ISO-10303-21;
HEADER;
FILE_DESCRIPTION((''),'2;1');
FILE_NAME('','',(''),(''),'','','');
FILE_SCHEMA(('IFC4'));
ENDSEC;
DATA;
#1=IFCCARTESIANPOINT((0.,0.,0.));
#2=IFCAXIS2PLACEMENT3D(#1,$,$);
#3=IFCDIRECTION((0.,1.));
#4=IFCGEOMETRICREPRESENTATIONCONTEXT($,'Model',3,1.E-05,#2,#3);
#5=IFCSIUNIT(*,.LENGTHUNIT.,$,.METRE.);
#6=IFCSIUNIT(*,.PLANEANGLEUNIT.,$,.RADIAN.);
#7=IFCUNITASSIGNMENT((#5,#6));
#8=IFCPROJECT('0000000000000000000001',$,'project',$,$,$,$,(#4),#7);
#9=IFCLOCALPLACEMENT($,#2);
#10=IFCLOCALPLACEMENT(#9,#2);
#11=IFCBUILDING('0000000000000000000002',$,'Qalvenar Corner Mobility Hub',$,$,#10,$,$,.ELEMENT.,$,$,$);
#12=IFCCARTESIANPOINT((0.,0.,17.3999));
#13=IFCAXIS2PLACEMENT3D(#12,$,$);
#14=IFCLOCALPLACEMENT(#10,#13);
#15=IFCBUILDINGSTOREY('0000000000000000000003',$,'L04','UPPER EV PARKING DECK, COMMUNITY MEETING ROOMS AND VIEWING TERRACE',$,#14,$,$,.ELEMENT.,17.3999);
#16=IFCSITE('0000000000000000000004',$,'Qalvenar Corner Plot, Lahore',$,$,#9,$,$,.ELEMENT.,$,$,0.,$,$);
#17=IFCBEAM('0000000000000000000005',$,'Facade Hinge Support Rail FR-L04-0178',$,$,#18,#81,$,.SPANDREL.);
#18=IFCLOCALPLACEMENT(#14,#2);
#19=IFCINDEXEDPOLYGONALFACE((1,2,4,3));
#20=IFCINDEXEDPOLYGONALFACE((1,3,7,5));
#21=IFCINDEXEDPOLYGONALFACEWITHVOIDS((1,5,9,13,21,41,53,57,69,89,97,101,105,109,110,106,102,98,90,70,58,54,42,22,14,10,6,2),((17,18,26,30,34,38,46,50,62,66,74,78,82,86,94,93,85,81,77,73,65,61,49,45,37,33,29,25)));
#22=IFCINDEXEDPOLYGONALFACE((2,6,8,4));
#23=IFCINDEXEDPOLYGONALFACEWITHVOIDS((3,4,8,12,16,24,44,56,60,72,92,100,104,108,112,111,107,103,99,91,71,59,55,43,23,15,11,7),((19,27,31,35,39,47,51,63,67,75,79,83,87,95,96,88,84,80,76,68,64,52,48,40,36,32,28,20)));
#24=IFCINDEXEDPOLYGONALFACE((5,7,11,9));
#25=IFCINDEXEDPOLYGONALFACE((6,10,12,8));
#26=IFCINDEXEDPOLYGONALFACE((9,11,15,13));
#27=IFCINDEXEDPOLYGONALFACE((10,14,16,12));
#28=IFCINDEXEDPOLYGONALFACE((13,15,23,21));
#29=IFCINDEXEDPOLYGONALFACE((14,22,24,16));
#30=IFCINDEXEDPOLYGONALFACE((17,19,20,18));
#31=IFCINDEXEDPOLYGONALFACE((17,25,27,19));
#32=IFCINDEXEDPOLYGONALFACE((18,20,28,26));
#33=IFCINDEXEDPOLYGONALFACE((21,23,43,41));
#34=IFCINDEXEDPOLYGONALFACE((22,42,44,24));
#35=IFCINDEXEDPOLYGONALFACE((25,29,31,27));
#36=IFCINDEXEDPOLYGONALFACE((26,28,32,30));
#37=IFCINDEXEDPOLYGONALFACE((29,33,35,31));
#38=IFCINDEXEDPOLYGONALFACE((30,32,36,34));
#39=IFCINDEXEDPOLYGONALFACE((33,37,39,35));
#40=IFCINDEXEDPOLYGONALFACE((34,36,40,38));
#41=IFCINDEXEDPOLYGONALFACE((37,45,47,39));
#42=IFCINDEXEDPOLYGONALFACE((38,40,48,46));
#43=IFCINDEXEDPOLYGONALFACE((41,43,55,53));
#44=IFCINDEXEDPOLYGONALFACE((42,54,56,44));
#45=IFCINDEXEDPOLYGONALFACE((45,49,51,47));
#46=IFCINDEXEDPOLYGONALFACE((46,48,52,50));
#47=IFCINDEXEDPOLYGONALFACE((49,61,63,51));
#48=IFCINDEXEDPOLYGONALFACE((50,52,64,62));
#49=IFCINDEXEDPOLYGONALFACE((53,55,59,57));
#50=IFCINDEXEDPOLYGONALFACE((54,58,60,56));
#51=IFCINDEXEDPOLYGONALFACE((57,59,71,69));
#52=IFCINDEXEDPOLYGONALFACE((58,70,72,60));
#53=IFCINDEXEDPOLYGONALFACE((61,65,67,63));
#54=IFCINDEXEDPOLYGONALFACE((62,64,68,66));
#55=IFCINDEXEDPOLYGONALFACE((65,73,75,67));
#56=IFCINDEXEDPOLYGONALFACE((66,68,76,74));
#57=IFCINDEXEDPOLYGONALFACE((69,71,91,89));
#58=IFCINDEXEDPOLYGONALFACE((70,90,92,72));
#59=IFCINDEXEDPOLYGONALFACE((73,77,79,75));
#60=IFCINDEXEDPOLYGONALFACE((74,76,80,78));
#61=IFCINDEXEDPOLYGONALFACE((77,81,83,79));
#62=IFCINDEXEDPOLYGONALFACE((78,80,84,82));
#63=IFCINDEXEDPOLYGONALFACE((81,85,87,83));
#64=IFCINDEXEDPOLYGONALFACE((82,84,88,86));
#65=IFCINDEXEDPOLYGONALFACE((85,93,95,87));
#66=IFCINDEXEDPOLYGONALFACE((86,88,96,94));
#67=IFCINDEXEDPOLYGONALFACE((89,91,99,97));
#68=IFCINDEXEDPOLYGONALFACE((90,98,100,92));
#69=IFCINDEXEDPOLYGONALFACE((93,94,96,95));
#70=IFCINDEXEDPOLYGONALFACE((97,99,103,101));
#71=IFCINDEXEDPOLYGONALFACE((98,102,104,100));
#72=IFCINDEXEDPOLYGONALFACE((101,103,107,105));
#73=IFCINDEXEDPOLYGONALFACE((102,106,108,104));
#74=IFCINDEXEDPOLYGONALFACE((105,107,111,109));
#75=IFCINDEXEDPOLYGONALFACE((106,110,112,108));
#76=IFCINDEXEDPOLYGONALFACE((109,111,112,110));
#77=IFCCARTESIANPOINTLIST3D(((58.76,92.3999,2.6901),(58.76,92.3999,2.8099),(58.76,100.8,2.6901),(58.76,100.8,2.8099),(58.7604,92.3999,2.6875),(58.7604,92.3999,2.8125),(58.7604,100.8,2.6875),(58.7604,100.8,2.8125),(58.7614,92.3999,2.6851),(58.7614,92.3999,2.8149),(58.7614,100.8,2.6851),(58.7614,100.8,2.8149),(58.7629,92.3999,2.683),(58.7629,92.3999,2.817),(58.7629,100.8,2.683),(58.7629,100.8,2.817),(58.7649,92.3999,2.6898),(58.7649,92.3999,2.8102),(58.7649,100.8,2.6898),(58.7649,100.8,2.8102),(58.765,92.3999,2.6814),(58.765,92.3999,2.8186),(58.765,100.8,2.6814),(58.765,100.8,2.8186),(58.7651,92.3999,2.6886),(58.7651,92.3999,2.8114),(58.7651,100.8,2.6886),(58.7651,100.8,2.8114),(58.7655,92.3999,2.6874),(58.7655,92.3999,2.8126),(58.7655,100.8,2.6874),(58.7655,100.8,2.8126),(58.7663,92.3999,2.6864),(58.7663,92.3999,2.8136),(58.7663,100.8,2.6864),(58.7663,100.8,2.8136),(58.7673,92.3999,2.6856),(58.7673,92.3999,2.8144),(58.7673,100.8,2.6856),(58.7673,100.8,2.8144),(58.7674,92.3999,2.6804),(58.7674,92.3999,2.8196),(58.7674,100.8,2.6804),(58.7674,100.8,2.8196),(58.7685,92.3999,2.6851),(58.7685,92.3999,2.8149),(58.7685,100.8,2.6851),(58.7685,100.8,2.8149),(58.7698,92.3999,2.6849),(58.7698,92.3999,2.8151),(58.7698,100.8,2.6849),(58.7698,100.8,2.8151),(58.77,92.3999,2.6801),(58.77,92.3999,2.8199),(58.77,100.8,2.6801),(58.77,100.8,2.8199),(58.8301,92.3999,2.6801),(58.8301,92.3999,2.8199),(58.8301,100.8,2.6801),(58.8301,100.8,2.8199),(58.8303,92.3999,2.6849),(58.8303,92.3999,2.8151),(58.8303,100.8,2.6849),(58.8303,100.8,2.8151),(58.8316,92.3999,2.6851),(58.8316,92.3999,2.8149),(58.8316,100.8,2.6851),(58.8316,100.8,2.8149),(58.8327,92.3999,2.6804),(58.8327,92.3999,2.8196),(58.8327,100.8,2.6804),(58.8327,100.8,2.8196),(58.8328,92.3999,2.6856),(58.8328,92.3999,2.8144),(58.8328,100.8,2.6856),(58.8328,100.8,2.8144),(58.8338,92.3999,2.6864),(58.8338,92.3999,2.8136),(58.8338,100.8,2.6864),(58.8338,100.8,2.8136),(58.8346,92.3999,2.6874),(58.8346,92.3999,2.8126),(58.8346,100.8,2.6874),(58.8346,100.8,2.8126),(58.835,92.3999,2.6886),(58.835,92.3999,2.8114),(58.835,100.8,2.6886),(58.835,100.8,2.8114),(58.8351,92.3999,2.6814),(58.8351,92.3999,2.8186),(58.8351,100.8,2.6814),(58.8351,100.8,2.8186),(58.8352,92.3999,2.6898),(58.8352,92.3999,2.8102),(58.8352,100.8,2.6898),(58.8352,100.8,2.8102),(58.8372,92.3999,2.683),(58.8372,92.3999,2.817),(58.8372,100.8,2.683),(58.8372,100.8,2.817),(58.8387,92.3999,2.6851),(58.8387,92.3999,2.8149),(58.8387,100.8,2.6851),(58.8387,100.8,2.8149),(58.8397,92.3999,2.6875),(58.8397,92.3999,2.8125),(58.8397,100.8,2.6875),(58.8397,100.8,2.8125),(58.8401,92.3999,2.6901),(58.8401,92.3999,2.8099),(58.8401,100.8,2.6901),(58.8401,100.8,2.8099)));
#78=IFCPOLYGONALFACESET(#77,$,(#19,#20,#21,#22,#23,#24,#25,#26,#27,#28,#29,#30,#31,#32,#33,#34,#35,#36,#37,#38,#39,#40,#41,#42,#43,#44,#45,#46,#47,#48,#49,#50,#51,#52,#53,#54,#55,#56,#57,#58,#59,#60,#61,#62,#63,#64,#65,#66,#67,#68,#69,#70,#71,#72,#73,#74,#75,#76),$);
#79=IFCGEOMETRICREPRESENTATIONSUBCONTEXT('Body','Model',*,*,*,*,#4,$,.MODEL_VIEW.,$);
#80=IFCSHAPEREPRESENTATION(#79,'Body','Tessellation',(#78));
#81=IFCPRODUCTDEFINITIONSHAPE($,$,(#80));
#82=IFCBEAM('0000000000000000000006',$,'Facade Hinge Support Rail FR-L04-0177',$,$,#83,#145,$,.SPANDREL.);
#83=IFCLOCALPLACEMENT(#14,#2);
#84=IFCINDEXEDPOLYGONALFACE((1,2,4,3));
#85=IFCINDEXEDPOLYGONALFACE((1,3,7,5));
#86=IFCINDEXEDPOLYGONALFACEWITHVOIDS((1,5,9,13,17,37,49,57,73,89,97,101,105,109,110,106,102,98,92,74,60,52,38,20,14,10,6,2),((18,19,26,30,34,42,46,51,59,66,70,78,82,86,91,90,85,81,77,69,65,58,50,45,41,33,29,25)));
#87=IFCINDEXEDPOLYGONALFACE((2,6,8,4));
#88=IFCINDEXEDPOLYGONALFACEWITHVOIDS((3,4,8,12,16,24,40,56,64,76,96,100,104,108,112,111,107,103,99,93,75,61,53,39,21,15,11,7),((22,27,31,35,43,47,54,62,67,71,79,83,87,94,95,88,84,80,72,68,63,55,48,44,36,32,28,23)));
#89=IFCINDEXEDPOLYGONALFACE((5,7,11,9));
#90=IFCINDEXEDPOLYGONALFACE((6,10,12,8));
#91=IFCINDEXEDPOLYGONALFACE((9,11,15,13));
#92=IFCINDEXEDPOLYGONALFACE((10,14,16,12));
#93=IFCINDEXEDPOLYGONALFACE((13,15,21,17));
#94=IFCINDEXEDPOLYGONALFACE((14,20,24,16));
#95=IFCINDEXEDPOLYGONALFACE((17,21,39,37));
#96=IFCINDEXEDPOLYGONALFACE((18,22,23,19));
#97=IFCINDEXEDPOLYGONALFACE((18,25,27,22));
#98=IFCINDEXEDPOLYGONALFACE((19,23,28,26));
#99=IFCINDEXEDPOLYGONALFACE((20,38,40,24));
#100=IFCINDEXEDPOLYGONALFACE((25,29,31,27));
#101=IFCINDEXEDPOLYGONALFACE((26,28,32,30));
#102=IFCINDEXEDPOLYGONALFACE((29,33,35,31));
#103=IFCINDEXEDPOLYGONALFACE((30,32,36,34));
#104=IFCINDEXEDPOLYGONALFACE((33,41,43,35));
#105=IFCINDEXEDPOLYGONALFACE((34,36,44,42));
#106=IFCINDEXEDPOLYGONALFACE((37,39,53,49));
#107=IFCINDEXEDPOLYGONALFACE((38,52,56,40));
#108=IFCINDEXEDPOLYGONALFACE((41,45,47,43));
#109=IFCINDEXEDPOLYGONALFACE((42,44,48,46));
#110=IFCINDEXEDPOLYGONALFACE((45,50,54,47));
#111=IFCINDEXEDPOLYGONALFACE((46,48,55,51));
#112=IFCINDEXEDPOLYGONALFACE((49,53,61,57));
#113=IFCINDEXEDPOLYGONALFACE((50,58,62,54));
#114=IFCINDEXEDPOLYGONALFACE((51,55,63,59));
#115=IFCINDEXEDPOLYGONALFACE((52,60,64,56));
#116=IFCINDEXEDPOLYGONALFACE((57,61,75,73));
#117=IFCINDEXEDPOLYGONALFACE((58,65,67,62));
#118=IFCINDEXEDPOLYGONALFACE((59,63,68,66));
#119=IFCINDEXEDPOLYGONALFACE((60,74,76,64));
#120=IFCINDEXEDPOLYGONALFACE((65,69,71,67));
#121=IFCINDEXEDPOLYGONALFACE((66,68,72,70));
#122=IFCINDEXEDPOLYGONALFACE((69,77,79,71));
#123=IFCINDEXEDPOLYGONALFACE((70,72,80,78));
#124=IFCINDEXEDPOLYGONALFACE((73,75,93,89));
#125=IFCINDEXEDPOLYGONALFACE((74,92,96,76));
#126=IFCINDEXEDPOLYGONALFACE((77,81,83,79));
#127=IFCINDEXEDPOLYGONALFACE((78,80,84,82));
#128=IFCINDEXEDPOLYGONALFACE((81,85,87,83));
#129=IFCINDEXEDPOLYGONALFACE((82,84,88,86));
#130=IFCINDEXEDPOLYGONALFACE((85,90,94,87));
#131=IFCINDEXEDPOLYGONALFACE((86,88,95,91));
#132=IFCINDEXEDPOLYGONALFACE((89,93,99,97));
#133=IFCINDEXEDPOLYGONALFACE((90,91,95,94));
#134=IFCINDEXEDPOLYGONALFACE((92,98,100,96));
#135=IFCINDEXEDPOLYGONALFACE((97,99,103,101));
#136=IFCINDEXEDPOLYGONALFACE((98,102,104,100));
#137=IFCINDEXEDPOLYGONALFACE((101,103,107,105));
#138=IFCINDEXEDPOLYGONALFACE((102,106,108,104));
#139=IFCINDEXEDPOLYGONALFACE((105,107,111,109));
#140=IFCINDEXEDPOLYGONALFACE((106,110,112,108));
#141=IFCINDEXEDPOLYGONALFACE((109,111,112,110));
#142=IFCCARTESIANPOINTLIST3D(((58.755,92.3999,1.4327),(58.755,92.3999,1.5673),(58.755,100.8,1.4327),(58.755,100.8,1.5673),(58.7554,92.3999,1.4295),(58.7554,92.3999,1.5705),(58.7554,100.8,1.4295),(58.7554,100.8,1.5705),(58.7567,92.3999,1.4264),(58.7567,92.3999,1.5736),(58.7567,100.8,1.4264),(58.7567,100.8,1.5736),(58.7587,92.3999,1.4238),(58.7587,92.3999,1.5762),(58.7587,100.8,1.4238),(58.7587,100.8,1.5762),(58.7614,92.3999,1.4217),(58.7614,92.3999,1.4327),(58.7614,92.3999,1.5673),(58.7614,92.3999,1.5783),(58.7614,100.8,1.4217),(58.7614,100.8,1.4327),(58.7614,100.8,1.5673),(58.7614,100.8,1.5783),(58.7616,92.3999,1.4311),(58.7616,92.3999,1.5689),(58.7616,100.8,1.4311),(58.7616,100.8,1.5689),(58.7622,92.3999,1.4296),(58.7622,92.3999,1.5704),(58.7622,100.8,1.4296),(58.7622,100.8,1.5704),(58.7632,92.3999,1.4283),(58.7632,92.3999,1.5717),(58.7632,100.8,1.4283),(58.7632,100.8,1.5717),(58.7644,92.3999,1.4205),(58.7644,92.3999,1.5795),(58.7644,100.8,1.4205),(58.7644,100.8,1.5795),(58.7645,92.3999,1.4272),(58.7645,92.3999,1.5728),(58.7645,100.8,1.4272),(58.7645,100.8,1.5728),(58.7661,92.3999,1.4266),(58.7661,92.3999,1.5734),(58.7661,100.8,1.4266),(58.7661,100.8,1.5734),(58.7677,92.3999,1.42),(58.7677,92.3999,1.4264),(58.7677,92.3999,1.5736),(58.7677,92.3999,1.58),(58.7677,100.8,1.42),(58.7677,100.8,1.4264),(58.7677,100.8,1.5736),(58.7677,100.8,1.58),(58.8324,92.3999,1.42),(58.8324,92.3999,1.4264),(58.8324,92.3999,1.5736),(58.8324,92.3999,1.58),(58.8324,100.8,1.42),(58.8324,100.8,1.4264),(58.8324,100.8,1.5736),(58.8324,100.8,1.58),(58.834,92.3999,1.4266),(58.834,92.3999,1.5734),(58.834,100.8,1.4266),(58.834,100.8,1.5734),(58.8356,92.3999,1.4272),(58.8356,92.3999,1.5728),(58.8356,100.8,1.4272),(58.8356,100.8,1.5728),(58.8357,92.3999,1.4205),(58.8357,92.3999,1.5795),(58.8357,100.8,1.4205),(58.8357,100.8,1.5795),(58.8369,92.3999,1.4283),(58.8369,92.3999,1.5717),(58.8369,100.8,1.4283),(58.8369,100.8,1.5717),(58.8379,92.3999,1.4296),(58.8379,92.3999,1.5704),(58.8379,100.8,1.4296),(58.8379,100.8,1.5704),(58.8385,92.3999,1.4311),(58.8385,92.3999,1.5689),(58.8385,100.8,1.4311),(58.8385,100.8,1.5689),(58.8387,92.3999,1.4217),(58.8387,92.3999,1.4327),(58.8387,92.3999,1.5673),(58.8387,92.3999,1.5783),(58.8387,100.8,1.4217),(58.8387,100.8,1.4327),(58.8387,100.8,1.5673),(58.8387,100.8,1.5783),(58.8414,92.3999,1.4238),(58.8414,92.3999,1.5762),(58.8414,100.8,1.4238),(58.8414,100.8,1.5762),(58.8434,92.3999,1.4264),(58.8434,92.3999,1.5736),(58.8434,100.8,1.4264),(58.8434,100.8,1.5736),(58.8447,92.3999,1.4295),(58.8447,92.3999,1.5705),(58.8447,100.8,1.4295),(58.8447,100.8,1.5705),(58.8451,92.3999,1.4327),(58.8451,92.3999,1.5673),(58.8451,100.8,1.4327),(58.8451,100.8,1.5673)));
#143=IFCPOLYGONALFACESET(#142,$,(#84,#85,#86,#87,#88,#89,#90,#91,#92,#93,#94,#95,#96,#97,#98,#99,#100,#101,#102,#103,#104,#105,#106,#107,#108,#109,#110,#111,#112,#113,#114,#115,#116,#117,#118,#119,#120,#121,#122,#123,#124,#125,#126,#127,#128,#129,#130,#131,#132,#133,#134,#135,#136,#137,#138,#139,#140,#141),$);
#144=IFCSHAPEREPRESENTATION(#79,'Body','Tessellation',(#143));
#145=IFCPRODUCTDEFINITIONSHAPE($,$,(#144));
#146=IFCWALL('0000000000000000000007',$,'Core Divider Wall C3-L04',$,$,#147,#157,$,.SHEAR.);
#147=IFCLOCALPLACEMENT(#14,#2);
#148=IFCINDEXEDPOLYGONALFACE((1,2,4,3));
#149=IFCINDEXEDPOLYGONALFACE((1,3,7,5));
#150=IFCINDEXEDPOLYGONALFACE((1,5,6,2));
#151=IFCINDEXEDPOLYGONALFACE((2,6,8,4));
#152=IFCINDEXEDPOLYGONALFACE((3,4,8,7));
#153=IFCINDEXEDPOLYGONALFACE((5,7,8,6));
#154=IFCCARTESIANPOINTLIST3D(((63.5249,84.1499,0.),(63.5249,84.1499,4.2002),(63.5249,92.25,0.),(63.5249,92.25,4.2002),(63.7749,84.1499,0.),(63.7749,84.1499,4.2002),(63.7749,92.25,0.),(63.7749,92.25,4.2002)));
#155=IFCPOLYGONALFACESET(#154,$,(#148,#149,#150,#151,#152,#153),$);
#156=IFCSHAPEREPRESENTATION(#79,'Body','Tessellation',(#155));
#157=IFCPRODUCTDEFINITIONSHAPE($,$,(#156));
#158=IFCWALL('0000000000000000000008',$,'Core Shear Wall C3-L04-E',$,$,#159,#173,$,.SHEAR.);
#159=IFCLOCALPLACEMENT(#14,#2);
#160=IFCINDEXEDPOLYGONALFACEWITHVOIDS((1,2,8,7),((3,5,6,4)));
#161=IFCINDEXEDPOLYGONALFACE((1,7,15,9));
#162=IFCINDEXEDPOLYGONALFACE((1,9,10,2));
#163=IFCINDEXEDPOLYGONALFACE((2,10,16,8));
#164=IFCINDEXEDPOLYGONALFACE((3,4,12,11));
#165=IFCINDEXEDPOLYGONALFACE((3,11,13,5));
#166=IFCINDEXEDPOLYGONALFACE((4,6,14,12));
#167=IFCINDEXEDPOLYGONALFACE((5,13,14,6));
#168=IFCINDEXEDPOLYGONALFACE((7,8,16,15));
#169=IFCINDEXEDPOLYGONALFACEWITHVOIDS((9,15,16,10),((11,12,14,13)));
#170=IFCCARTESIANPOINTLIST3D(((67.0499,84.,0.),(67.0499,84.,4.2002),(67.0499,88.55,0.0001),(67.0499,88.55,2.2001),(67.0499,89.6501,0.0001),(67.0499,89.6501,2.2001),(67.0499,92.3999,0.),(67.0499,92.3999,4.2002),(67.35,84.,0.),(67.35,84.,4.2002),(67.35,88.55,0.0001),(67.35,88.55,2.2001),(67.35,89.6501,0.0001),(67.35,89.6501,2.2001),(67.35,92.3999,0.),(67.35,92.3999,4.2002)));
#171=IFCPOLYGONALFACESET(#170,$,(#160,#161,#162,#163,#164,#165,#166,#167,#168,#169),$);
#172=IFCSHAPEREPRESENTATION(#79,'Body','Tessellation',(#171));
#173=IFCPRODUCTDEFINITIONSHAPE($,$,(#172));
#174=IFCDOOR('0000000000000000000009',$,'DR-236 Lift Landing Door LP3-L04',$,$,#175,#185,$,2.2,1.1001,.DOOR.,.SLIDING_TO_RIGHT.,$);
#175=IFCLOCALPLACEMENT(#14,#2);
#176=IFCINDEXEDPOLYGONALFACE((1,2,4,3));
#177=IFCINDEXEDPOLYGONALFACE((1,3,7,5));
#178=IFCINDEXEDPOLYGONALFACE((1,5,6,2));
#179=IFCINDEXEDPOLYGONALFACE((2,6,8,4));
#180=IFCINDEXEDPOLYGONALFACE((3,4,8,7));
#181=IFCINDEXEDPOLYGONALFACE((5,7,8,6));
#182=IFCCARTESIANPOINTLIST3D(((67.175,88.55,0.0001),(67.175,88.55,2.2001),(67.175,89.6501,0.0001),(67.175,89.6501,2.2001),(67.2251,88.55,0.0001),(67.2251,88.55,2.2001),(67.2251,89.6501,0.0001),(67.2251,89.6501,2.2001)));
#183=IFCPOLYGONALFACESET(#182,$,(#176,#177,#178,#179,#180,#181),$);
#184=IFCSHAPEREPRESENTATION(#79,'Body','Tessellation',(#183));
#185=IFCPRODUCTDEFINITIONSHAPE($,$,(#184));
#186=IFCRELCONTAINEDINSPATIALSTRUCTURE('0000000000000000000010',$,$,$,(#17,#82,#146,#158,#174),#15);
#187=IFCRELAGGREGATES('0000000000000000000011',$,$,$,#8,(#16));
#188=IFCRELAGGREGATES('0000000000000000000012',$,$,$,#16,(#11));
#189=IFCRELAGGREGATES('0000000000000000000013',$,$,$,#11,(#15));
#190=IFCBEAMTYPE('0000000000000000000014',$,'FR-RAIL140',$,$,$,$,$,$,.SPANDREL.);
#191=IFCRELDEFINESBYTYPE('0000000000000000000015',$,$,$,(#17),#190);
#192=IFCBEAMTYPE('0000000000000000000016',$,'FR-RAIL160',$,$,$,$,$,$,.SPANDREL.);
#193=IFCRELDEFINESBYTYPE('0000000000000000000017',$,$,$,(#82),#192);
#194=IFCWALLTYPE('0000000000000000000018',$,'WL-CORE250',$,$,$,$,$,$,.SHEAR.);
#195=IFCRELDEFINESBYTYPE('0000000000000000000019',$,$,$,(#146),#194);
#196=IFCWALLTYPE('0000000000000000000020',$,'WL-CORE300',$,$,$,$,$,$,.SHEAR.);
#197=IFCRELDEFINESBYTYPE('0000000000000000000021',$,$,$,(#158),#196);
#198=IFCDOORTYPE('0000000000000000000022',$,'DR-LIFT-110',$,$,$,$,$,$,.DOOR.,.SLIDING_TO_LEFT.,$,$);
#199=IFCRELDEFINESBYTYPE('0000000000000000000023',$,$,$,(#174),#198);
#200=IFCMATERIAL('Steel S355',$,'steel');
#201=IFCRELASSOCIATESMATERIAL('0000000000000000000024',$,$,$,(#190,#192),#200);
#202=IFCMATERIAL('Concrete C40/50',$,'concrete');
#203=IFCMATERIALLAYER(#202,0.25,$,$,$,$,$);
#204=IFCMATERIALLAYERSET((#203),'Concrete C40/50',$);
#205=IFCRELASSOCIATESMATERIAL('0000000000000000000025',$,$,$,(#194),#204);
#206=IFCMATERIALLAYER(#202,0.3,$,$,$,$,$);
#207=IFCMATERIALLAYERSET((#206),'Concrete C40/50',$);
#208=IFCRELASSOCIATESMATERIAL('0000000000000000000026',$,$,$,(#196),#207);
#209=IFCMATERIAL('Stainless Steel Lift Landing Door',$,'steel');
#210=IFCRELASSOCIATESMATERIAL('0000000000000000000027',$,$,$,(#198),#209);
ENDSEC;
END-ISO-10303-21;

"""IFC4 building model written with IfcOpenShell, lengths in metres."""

from ifc_helpers import new_model, si_unit, direction, frame, frame_2d, origin, origin_2d, place, context, subcontext, project, spatial, rectangle, hollow_rectangle, extrude, material, layer, layer_set, material_profile, profile_set, type_object, element, fill, save


model = new_model("IFC4")

# Units and contexts
model_context = context("Model", 3, precision=1e-05, world=origin(), true_north=direction((0.0, 1.0)))
body_context = subcontext(model_context, "Body", "Model", "MODEL_VIEW")
ifc_project = project(units=[si_unit("LENGTHUNIT", "METRE"), si_unit("PLANEANGLEUNIT", "RADIAN")], contexts=[model_context])

# Site, building, storey
site_placement = place(None, origin())
site = spatial("IfcSite", under=ifc_project, at=site_placement, Name="Qalvenar Corner Plot, Lahore", CompositionType="ELEMENT", RefElevation=0.0)
building_placement = place(site_placement, origin())
building = spatial("IfcBuilding", under=site, at=building_placement, Name="Qalvenar Corner Mobility Hub", CompositionType="ELEMENT")
storey_placement = place(building_placement, frame((0.0, 0.0, 17.3999)))
storey = spatial("IfcBuildingStorey", under=building, at=storey_placement, Name="L04", Description="UPPER EV PARKING DECK, COMMUNITY MEETING ROOMS AND VIEWING TERRACE", CompositionType="ELEMENT", Elevation=17.3999)

# Shared definitions
ifc_material_1 = material(Name="Steel S355", Category="steel")

# Beams
ifc_material_profile_1 = material_profile(ifc_material_1, hollow_rectangle(XDim=0.0801, YDim=0.1399, WallThickness=0.0049, InnerFilletRadius=0.0049, OuterFilletRadius=0.01, at=origin_2d()), Name="RHS140x80x5")
ifc_profile_set_1 = profile_set([ifc_material_profile_1], Name="Steel S355")
beam_type_1 = type_object("IfcBeamType", Name="FR-RAIL140", PredefinedType="SPANDREL", material=ifc_profile_set_1)
beam_1_placement = place(storey_placement, frame((58.8, 100.8, 2.75), z_axis=(0.0, -1.0, 0.0), x_axis=(1.0, 0.0, 0.0)))
element("IfcBeam", 1, at=beam_1_placement, inside=storey, type_object=beam_type_1, Name="Facade Hinge Support Rail FR-L04-0178", PredefinedType="SPANDREL", context=body_context, shape_type="SweptSolid", body=[
    extrude(hollow_rectangle(XDim=0.0801, YDim=0.1399, WallThickness=0.0049, InnerFilletRadius=0.0049, OuterFilletRadius=0.01, at=origin_2d()), origin(), (0.0, 0.0, 1.0), 8.4001),
])
ifc_material_profile_2 = material_profile(ifc_material_1, hollow_rectangle(XDim=0.0901, YDim=0.1599, WallThickness=0.0063, InnerFilletRadius=0.0063, OuterFilletRadius=0.0127, at=origin_2d()), Name="RHS160x90x6.3")
ifc_profile_set_2 = profile_set([ifc_material_profile_2], Name="Steel S355")
beam_type_2 = type_object("IfcBeamType", Name="FR-RAIL160", PredefinedType="SPANDREL", material=ifc_profile_set_2)
beam_2_placement = place(storey_placement, frame((58.8, 100.8, 1.5), z_axis=(0.0, -1.0, 0.0), x_axis=(1.0, 0.0, 0.0)))
element("IfcBeam", 2, at=beam_2_placement, inside=storey, type_object=beam_type_2, Name="Facade Hinge Support Rail FR-L04-0177", PredefinedType="SPANDREL", context=body_context, shape_type="SweptSolid", body=[
    extrude(hollow_rectangle(XDim=0.0901, YDim=0.1599, WallThickness=0.0063, InnerFilletRadius=0.0063, OuterFilletRadius=0.0127, at=origin_2d()), origin(), (0.0, 0.0, 1.0), 8.4001),
])

# Wall
ifc_material_2 = material(Name="Concrete C40/50", Category="concrete")
ifc_layer_1 = layer(ifc_material_2, 0.25)
ifc_layer_set_1 = layer_set([ifc_layer_1], Name="Concrete C40/50")
wall_type_1 = type_object("IfcWallType", Name="WL-CORE250", PredefinedType="SHEAR", material=ifc_layer_set_1)
wall_1_placement = place(storey_placement, frame((63.6499, 84.1499, 0.0), z_axis=(0.0, 0.0, 1.0), x_axis=(0.0, 1.0, 0.0)))
element("IfcWall", 3, at=wall_1_placement, inside=storey, type_object=wall_type_1, Name="Core Divider Wall C3-L04", PredefinedType="SHEAR", context=body_context, shape_type="SweptSolid", body=[
    extrude(rectangle(XDim=8.1001, YDim=0.25, at=frame_2d((4.05, 0.0))), origin(), (0.0, 0.0, 1.0), 4.2002),
])

# Wall, opening, door
ifc_layer_2 = layer(ifc_material_2, 0.3)
ifc_layer_set_2 = layer_set([ifc_layer_2], Name="Concrete C40/50")
wall_type_2 = type_object("IfcWallType", Name="WL-CORE300", PredefinedType="SHEAR", material=ifc_layer_set_2)
wall_2_placement = place(storey_placement, frame((67.2, 84.0, 0.0), z_axis=(0.0, 0.0, 1.0), x_axis=(0.0, 1.0, 0.0)))
wall_2 = element("IfcWall", 4, at=wall_2_placement, inside=storey, type_object=wall_type_2, Name="Core Shear Wall C3-L04-E", PredefinedType="SHEAR", context=body_context, shape_type="SweptSolid", body=[
    extrude(rectangle(XDim=8.3999, YDim=0.3, at=frame_2d((4.2, 0.0))), origin(), (0.0, 0.0, 1.0), 4.2002),
])
opening_1_placement = place(wall_2_placement, frame((4.55, 0.0, 0.0)))
opening_1 = element("IfcOpeningElement", 5, at=opening_1_placement, cuts=wall_2, PredefinedType="OPENING", context=body_context, shape_type="SweptSolid", body=[
    extrude(rectangle(XDim=1.1001, YDim=2.2, at=frame_2d((0.55, 1.1001))), frame((0.0, 0.1602, 0.0), z_axis=(0.0, -1.0, 0.0), x_axis=(1.0, 0.0, 0.0)), (0.0, 0.0, 1.0), 0.3201),
])
ifc_material_3 = material(Name="Stainless Steel Lift Landing Door", Category="steel")
door_type_1 = type_object("IfcDoorType", Name="DR-LIFT-110", OperationType="SLIDING_TO_LEFT", PredefinedType="DOOR", material=ifc_material_3)
door_1_placement = place(opening_1_placement, origin())
door_1 = element("IfcDoor", 6, at=door_1_placement, inside=storey, type_object=door_type_1, Name="DR-236 Lift Landing Door LP3-L04", OperationType="SLIDING_TO_RIGHT", OverallHeight=2.2, OverallWidth=1.1001, PredefinedType="DOOR", context=body_context, shape_type="SweptSolid", body=[
    extrude(rectangle(XDim=1.1001, YDim=2.2, at=frame_2d((0.55, 1.1001))), frame((0.0, 0.0249, 0.0), z_axis=(0.0, -1.0, 0.0), x_axis=(1.0, 0.0, 0.0)), (0.0, 0.0, 1.0), 0.05),
])
fill(opening_1, door_1)

save(model, "model.ifc")
